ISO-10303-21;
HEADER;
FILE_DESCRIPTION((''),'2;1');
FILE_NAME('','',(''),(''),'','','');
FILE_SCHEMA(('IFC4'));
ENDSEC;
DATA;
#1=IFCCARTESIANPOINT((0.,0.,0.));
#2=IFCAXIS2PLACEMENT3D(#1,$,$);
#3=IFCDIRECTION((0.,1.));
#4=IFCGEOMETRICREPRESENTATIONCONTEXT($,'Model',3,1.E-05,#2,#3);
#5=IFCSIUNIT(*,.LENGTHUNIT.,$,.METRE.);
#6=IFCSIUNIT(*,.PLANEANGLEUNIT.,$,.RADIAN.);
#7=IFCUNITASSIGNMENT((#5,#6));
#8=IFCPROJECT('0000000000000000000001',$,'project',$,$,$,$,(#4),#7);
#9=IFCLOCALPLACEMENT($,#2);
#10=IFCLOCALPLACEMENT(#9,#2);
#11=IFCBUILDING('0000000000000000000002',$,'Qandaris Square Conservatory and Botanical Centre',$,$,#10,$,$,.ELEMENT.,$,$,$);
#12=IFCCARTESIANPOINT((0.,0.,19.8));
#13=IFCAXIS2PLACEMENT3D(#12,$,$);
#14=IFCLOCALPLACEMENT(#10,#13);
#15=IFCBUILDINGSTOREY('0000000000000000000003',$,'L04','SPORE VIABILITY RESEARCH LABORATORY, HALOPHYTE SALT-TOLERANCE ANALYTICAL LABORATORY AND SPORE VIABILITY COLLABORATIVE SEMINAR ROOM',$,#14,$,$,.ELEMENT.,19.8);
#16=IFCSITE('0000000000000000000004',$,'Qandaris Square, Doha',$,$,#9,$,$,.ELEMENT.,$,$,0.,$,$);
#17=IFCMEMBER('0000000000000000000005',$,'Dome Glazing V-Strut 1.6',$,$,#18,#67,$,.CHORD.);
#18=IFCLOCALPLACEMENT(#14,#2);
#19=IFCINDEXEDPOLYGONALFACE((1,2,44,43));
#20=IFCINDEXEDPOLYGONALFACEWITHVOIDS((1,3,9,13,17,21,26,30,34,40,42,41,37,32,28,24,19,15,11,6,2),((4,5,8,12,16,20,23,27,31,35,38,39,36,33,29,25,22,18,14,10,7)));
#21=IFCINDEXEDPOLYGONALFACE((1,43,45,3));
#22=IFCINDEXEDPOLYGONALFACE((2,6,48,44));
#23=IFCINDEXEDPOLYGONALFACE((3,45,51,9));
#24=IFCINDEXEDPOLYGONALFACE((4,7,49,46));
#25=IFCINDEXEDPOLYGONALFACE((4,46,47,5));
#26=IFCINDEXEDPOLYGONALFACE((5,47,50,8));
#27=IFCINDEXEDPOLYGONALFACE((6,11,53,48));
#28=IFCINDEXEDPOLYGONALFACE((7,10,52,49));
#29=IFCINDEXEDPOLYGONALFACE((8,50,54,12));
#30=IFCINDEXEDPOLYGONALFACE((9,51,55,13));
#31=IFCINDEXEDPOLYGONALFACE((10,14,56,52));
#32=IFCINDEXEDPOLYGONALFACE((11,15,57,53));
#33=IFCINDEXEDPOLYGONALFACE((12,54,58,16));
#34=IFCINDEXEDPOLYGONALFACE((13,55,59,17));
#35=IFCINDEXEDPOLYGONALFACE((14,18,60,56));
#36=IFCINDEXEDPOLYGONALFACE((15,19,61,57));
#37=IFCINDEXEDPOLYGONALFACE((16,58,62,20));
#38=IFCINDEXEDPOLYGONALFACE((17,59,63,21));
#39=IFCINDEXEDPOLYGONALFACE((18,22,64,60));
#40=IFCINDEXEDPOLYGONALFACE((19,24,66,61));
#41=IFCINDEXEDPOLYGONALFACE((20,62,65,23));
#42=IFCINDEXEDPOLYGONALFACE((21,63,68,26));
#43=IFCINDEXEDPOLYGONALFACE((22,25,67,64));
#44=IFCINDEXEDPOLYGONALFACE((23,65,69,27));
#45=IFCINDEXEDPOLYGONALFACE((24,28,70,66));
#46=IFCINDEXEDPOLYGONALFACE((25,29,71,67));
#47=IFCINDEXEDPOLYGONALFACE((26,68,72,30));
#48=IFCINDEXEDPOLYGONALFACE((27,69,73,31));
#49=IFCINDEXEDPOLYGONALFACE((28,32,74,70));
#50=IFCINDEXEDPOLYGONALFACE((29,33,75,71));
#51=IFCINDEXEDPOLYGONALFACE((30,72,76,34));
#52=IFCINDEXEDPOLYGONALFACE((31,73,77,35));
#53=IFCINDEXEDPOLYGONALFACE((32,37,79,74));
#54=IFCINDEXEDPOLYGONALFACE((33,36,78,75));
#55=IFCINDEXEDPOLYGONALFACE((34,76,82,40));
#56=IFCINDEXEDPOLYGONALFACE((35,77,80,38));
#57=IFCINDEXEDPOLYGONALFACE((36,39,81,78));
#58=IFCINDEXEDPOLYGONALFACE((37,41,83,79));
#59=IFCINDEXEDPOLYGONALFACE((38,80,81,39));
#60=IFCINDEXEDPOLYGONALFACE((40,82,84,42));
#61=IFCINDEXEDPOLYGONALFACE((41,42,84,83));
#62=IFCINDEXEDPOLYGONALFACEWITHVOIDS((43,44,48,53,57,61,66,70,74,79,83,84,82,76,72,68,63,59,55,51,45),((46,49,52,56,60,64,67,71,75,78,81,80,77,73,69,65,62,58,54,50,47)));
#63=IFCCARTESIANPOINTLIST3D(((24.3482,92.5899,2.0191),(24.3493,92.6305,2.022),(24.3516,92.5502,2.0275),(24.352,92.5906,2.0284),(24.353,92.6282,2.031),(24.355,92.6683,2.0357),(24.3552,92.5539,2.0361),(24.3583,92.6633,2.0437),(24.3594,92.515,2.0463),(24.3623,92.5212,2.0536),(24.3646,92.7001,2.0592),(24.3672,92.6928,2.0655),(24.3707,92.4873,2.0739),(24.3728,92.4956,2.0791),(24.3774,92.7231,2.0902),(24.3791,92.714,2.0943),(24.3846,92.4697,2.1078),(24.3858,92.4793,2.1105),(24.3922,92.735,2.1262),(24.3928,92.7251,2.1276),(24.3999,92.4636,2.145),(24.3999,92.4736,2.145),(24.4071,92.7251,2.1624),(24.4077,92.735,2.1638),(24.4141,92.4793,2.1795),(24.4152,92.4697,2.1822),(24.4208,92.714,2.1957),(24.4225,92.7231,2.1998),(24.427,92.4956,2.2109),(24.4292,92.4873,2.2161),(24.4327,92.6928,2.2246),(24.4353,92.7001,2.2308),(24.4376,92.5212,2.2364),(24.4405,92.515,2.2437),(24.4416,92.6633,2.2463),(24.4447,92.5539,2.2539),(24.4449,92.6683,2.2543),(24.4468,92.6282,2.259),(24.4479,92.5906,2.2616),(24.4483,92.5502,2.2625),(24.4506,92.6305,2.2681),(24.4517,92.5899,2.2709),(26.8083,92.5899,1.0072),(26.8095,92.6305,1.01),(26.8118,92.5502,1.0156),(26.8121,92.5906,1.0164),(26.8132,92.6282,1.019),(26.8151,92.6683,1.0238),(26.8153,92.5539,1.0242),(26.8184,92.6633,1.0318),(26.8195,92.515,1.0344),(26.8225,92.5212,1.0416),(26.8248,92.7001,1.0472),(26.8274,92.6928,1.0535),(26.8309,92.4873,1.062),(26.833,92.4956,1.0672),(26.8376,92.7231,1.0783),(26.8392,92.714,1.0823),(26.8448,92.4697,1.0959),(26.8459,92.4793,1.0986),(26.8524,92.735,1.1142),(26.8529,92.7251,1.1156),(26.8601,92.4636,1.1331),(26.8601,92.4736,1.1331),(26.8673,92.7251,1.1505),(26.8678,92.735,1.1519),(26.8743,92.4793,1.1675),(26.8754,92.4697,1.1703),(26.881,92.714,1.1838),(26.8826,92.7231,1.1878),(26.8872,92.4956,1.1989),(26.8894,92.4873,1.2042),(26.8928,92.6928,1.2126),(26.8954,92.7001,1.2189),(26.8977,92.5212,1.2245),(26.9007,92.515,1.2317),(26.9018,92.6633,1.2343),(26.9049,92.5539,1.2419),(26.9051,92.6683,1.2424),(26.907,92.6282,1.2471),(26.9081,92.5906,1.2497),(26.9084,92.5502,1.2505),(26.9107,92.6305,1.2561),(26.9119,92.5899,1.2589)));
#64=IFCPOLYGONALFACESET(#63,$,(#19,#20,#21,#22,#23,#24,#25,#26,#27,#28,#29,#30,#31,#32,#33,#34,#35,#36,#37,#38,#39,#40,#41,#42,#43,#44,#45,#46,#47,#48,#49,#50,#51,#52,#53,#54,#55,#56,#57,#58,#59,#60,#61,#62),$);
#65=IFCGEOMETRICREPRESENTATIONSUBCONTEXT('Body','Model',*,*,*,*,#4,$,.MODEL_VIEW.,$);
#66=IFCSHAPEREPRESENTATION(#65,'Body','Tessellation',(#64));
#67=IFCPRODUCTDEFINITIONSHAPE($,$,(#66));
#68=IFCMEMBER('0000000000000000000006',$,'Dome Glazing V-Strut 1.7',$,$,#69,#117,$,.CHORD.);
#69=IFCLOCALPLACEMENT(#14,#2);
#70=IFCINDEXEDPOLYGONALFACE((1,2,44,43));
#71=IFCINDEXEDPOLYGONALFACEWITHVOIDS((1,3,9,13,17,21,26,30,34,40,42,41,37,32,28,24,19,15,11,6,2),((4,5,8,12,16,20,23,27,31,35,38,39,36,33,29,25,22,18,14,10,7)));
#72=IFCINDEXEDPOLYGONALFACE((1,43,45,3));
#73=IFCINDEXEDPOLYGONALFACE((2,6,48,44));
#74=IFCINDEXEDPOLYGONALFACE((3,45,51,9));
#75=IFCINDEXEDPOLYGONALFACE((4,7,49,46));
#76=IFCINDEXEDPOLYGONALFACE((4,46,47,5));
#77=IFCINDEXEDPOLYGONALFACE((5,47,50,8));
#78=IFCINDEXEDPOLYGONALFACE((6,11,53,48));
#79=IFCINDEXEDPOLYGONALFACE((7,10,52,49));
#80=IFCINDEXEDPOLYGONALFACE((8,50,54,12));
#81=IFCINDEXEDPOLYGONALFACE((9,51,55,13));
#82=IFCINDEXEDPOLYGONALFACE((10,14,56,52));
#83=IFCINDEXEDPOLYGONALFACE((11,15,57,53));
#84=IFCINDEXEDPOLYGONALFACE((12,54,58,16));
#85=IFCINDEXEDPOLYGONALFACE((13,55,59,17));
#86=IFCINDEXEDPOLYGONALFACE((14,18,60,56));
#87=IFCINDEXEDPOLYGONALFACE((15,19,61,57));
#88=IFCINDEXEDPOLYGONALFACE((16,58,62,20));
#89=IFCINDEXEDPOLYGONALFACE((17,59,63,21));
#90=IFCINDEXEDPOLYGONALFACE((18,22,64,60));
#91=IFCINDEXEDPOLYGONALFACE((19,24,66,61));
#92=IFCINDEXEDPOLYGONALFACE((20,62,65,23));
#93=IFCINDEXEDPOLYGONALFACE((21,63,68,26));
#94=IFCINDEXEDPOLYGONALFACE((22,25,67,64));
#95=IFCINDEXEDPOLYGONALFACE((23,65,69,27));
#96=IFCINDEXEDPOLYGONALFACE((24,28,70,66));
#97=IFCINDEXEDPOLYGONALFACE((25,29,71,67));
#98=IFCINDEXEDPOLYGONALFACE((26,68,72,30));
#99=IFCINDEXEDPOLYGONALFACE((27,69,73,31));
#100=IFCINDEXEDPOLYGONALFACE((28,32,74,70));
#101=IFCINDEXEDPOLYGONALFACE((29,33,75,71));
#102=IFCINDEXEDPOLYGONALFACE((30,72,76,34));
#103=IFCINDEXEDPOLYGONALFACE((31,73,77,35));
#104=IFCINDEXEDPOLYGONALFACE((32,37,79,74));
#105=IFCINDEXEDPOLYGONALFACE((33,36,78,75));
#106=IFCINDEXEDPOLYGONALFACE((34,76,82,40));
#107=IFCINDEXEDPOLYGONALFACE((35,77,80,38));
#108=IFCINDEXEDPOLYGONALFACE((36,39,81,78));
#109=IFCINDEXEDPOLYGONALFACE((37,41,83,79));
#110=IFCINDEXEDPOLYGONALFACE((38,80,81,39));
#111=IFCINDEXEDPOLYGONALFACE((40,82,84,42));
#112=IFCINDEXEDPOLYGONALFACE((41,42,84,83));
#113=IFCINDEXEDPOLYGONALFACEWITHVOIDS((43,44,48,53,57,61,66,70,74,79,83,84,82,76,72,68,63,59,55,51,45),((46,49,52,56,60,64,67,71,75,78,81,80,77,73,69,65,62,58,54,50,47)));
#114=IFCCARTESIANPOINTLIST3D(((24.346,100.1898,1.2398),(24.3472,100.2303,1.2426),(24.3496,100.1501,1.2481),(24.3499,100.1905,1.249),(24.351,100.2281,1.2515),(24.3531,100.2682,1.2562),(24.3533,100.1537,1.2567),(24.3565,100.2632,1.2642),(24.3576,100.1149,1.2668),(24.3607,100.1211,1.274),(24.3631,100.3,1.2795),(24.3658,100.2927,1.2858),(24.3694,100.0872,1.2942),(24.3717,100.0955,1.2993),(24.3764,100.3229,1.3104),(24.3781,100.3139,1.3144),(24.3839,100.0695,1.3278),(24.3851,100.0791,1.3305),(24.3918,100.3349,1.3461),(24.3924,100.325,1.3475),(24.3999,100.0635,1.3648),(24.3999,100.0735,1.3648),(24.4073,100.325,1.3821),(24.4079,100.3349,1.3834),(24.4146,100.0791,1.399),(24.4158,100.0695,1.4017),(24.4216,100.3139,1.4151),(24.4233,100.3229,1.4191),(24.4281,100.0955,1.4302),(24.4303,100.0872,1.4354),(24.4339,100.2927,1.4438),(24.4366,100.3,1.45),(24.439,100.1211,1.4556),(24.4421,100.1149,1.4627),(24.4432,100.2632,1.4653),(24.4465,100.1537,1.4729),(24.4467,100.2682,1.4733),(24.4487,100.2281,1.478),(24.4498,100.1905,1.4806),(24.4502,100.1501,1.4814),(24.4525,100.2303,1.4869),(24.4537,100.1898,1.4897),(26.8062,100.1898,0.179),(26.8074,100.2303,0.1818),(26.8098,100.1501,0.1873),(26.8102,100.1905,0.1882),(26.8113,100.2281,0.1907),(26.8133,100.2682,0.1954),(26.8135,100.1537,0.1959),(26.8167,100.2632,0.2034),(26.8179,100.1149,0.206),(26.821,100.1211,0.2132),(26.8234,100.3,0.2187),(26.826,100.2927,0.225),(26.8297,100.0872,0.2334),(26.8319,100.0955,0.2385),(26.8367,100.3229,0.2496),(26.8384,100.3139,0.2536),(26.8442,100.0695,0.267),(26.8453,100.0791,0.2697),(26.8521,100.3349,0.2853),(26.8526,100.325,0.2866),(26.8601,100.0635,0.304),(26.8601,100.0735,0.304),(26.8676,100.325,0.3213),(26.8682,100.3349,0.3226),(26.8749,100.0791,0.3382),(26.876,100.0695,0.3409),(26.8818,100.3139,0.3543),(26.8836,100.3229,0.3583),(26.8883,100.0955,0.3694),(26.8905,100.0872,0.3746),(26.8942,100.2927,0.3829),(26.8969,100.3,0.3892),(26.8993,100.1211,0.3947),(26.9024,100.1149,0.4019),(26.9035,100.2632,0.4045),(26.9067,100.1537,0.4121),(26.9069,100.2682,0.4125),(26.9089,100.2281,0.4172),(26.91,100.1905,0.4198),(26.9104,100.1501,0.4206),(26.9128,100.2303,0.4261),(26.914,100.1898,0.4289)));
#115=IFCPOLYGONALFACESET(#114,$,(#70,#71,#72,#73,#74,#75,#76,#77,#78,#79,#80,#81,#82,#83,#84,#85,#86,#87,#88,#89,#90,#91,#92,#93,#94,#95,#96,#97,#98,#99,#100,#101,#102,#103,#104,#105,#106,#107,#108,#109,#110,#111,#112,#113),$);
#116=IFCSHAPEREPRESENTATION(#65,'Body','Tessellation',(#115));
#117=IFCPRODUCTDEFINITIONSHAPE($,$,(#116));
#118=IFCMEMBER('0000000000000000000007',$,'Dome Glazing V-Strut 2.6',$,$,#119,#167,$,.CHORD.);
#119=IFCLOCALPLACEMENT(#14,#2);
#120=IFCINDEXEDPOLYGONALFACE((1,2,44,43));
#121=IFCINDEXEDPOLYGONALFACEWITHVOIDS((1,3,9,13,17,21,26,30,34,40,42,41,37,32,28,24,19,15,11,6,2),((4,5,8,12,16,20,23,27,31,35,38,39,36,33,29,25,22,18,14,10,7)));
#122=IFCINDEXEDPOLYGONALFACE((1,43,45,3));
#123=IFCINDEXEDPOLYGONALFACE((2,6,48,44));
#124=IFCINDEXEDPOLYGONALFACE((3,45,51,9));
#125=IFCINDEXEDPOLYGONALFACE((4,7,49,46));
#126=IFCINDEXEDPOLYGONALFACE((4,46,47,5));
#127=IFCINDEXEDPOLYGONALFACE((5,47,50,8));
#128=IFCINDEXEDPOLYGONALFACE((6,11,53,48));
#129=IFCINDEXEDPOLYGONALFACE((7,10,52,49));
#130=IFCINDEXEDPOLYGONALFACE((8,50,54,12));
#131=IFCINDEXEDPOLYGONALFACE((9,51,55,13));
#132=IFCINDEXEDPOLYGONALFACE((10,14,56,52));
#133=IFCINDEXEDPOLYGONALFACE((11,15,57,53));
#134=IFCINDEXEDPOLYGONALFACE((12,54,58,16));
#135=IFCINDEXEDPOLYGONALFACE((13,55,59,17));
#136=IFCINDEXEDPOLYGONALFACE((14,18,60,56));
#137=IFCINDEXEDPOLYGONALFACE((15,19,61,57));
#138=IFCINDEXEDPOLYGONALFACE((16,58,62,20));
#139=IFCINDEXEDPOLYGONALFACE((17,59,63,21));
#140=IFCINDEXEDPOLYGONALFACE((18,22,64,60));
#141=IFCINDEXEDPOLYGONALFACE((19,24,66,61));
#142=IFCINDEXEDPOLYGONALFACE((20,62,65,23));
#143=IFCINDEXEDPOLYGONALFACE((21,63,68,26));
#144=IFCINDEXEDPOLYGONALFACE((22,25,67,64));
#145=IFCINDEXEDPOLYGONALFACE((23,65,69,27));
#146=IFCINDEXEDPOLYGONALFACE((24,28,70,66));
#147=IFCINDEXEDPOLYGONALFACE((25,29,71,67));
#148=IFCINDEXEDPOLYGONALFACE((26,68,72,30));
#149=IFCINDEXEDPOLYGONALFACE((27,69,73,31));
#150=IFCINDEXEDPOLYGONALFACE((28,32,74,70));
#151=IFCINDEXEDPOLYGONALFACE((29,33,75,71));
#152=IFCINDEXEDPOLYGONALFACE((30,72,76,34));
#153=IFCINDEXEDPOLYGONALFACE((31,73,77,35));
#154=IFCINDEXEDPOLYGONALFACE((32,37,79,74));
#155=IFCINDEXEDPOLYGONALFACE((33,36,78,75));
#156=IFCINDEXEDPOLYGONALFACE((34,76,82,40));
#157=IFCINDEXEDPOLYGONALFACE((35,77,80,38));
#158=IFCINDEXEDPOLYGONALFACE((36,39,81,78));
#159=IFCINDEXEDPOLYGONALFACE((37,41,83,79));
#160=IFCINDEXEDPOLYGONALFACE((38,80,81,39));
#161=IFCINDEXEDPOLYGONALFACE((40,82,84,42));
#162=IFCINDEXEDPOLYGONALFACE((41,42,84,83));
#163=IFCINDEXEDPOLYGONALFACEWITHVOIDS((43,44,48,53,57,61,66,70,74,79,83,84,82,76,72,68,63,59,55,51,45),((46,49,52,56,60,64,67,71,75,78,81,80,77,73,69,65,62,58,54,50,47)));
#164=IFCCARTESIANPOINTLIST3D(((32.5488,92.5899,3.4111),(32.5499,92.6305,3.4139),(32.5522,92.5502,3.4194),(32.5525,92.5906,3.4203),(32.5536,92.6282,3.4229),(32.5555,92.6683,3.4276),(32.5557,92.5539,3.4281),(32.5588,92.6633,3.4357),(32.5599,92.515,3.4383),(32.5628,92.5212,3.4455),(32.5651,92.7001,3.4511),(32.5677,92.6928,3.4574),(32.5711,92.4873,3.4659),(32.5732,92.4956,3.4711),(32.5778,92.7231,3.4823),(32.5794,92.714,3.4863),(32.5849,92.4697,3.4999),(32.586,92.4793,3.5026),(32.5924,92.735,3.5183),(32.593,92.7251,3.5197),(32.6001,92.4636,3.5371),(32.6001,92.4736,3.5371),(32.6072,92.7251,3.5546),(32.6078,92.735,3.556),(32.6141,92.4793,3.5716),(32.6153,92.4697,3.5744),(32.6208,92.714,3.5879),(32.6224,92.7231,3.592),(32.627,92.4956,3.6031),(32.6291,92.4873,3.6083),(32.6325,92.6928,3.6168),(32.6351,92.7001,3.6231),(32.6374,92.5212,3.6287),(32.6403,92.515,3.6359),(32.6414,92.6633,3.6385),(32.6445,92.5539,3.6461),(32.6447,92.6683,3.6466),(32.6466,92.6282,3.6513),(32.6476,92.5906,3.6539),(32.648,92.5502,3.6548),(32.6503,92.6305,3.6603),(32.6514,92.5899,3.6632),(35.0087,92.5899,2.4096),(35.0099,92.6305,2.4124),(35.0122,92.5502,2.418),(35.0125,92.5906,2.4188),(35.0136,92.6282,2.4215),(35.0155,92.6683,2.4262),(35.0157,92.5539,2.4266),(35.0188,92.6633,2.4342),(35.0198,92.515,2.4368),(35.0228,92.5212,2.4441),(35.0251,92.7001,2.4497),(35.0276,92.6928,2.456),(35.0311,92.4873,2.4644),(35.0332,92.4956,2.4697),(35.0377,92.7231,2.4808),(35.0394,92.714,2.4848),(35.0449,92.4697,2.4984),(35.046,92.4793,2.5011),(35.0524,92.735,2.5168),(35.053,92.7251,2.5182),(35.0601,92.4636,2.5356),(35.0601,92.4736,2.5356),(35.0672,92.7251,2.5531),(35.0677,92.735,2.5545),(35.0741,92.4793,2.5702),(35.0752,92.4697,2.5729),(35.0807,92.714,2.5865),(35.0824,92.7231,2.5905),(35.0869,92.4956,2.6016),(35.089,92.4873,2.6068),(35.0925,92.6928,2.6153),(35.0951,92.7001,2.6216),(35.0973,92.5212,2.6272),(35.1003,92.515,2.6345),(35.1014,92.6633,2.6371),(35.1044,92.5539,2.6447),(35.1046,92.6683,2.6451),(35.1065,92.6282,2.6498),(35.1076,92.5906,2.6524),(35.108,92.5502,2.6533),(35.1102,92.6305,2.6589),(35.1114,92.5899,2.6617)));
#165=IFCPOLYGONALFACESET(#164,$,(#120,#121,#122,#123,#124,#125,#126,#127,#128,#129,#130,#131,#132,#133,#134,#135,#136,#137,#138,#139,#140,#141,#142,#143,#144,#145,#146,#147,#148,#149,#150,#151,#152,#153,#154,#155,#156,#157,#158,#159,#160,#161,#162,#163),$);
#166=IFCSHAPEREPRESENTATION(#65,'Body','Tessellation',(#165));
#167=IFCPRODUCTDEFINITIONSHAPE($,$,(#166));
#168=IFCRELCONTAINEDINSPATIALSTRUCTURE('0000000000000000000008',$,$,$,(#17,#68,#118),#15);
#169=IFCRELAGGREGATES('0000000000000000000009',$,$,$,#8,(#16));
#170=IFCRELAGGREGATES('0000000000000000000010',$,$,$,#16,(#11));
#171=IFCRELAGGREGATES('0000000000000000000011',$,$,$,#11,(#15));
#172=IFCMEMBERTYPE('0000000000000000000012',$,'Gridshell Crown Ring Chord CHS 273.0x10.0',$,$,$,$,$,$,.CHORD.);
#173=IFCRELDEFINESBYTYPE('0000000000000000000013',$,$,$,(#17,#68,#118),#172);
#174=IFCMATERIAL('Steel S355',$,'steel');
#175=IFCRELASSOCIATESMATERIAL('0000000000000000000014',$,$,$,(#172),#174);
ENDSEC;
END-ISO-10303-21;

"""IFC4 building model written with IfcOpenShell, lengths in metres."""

from ifc_helpers import new_model, si_unit, direction, frame, origin, origin_2d, place, context, subcontext, project, spatial, hollow_circle, extrude, material, material_profile, profile_set, type_object, element, save


model = new_model("IFC4")

# Units and contexts
model_context = context("Model", 3, precision=1e-05, world=origin(), true_north=direction((0.0, 1.0)))
body_context = subcontext(model_context, "Body", "Model", "MODEL_VIEW")
ifc_project = project(units=[si_unit("LENGTHUNIT", "METRE"), si_unit("PLANEANGLEUNIT", "RADIAN")], contexts=[model_context])

# Site, building, storey
site_placement = place(None, origin())
site = spatial("IfcSite", under=ifc_project, at=site_placement, Name="Qandaris Square, Doha", CompositionType="ELEMENT", RefElevation=0.0)
building_placement = place(site_placement, origin())
building = spatial("IfcBuilding", under=site, at=building_placement, Name="Qandaris Square Conservatory and Botanical Centre", CompositionType="ELEMENT")
storey_placement = place(building_placement, frame((0.0, 0.0, 19.8)))
storey = spatial("IfcBuildingStorey", under=building, at=storey_placement, Name="L04", Description="SPORE VIABILITY RESEARCH LABORATORY, HALOPHYTE SALT-TOLERANCE ANALYTICAL LABORATORY AND SPORE VIABILITY COLLABORATIVE SEMINAR ROOM", CompositionType="ELEMENT", Elevation=19.8)

# Members
ifc_material = material(Name="Steel S355", Category="steel")
ifc_material_profile_1 = material_profile(ifc_material, hollow_circle(Radius=0.1365, WallThickness=0.01, at=origin_2d()), Name="CHS 273.0x10.0")
ifc_profile_set_1 = profile_set([ifc_material_profile_1], Name="Steel S355")
member_type_1 = type_object("IfcMemberType", Name="Gridshell Crown Ring Chord CHS 273.0x10.0", PredefinedType="CHORD", material=ifc_profile_set_1)
member_1_placement = place(storey_placement, frame((26.8601, 92.6001, 1.1331), z_axis=(-0.924819, 0.0, 0.380408), x_axis=(0.0, -1.0, 0.0)))
element("IfcMember", 1, at=member_1_placement, inside=storey, type_object=member_type_1, Name="Dome Glazing V-Strut 1.6", PredefinedType="CHORD", context=body_context, shape_type="SweptSolid", body=[
    extrude(hollow_circle(Radius=0.1365, WallThickness=0.01, at=origin_2d()), origin(), (0.0, 0.0, 1.0), 2.6602),
])
member_2_placement = place(storey_placement, frame((26.8601, 100.2, 0.304), z_axis=(-0.918276, 0.0, 0.395942), x_axis=(0.0, -1.0, 0.0)))
element("IfcMember", 2, at=member_2_placement, inside=storey, type_object=member_type_1, Name="Dome Glazing V-Strut 1.7", PredefinedType="CHORD", context=body_context, shape_type="SweptSolid", body=[
    extrude(hollow_circle(Radius=0.1365, WallThickness=0.01, at=origin_2d()), origin(), (0.0, 0.0, 1.0), 2.6792),
])
for number, where, z_axis, x_axis, name in (
    (3, (35.0601, 92.6001, 2.5356), (-0.92619, 0.0, 0.377057), (0.0, -1.0, 0.0), "Dome Glazing V-Strut 2.6"),
):
    element("IfcMember", number, at=place(storey_placement, frame(where, z_axis=z_axis, x_axis=x_axis)), inside=storey, type_object=member_type_1, Name=name, PredefinedType="CHORD", context=body_context, shape_type="SweptSolid", body=[
        extrude(hollow_circle(Radius=0.1365, WallThickness=0.01, at=origin_2d()), origin(), (0.0, 0.0, 1.0), 2.656),
    ])

save(model, "model.ifc")
